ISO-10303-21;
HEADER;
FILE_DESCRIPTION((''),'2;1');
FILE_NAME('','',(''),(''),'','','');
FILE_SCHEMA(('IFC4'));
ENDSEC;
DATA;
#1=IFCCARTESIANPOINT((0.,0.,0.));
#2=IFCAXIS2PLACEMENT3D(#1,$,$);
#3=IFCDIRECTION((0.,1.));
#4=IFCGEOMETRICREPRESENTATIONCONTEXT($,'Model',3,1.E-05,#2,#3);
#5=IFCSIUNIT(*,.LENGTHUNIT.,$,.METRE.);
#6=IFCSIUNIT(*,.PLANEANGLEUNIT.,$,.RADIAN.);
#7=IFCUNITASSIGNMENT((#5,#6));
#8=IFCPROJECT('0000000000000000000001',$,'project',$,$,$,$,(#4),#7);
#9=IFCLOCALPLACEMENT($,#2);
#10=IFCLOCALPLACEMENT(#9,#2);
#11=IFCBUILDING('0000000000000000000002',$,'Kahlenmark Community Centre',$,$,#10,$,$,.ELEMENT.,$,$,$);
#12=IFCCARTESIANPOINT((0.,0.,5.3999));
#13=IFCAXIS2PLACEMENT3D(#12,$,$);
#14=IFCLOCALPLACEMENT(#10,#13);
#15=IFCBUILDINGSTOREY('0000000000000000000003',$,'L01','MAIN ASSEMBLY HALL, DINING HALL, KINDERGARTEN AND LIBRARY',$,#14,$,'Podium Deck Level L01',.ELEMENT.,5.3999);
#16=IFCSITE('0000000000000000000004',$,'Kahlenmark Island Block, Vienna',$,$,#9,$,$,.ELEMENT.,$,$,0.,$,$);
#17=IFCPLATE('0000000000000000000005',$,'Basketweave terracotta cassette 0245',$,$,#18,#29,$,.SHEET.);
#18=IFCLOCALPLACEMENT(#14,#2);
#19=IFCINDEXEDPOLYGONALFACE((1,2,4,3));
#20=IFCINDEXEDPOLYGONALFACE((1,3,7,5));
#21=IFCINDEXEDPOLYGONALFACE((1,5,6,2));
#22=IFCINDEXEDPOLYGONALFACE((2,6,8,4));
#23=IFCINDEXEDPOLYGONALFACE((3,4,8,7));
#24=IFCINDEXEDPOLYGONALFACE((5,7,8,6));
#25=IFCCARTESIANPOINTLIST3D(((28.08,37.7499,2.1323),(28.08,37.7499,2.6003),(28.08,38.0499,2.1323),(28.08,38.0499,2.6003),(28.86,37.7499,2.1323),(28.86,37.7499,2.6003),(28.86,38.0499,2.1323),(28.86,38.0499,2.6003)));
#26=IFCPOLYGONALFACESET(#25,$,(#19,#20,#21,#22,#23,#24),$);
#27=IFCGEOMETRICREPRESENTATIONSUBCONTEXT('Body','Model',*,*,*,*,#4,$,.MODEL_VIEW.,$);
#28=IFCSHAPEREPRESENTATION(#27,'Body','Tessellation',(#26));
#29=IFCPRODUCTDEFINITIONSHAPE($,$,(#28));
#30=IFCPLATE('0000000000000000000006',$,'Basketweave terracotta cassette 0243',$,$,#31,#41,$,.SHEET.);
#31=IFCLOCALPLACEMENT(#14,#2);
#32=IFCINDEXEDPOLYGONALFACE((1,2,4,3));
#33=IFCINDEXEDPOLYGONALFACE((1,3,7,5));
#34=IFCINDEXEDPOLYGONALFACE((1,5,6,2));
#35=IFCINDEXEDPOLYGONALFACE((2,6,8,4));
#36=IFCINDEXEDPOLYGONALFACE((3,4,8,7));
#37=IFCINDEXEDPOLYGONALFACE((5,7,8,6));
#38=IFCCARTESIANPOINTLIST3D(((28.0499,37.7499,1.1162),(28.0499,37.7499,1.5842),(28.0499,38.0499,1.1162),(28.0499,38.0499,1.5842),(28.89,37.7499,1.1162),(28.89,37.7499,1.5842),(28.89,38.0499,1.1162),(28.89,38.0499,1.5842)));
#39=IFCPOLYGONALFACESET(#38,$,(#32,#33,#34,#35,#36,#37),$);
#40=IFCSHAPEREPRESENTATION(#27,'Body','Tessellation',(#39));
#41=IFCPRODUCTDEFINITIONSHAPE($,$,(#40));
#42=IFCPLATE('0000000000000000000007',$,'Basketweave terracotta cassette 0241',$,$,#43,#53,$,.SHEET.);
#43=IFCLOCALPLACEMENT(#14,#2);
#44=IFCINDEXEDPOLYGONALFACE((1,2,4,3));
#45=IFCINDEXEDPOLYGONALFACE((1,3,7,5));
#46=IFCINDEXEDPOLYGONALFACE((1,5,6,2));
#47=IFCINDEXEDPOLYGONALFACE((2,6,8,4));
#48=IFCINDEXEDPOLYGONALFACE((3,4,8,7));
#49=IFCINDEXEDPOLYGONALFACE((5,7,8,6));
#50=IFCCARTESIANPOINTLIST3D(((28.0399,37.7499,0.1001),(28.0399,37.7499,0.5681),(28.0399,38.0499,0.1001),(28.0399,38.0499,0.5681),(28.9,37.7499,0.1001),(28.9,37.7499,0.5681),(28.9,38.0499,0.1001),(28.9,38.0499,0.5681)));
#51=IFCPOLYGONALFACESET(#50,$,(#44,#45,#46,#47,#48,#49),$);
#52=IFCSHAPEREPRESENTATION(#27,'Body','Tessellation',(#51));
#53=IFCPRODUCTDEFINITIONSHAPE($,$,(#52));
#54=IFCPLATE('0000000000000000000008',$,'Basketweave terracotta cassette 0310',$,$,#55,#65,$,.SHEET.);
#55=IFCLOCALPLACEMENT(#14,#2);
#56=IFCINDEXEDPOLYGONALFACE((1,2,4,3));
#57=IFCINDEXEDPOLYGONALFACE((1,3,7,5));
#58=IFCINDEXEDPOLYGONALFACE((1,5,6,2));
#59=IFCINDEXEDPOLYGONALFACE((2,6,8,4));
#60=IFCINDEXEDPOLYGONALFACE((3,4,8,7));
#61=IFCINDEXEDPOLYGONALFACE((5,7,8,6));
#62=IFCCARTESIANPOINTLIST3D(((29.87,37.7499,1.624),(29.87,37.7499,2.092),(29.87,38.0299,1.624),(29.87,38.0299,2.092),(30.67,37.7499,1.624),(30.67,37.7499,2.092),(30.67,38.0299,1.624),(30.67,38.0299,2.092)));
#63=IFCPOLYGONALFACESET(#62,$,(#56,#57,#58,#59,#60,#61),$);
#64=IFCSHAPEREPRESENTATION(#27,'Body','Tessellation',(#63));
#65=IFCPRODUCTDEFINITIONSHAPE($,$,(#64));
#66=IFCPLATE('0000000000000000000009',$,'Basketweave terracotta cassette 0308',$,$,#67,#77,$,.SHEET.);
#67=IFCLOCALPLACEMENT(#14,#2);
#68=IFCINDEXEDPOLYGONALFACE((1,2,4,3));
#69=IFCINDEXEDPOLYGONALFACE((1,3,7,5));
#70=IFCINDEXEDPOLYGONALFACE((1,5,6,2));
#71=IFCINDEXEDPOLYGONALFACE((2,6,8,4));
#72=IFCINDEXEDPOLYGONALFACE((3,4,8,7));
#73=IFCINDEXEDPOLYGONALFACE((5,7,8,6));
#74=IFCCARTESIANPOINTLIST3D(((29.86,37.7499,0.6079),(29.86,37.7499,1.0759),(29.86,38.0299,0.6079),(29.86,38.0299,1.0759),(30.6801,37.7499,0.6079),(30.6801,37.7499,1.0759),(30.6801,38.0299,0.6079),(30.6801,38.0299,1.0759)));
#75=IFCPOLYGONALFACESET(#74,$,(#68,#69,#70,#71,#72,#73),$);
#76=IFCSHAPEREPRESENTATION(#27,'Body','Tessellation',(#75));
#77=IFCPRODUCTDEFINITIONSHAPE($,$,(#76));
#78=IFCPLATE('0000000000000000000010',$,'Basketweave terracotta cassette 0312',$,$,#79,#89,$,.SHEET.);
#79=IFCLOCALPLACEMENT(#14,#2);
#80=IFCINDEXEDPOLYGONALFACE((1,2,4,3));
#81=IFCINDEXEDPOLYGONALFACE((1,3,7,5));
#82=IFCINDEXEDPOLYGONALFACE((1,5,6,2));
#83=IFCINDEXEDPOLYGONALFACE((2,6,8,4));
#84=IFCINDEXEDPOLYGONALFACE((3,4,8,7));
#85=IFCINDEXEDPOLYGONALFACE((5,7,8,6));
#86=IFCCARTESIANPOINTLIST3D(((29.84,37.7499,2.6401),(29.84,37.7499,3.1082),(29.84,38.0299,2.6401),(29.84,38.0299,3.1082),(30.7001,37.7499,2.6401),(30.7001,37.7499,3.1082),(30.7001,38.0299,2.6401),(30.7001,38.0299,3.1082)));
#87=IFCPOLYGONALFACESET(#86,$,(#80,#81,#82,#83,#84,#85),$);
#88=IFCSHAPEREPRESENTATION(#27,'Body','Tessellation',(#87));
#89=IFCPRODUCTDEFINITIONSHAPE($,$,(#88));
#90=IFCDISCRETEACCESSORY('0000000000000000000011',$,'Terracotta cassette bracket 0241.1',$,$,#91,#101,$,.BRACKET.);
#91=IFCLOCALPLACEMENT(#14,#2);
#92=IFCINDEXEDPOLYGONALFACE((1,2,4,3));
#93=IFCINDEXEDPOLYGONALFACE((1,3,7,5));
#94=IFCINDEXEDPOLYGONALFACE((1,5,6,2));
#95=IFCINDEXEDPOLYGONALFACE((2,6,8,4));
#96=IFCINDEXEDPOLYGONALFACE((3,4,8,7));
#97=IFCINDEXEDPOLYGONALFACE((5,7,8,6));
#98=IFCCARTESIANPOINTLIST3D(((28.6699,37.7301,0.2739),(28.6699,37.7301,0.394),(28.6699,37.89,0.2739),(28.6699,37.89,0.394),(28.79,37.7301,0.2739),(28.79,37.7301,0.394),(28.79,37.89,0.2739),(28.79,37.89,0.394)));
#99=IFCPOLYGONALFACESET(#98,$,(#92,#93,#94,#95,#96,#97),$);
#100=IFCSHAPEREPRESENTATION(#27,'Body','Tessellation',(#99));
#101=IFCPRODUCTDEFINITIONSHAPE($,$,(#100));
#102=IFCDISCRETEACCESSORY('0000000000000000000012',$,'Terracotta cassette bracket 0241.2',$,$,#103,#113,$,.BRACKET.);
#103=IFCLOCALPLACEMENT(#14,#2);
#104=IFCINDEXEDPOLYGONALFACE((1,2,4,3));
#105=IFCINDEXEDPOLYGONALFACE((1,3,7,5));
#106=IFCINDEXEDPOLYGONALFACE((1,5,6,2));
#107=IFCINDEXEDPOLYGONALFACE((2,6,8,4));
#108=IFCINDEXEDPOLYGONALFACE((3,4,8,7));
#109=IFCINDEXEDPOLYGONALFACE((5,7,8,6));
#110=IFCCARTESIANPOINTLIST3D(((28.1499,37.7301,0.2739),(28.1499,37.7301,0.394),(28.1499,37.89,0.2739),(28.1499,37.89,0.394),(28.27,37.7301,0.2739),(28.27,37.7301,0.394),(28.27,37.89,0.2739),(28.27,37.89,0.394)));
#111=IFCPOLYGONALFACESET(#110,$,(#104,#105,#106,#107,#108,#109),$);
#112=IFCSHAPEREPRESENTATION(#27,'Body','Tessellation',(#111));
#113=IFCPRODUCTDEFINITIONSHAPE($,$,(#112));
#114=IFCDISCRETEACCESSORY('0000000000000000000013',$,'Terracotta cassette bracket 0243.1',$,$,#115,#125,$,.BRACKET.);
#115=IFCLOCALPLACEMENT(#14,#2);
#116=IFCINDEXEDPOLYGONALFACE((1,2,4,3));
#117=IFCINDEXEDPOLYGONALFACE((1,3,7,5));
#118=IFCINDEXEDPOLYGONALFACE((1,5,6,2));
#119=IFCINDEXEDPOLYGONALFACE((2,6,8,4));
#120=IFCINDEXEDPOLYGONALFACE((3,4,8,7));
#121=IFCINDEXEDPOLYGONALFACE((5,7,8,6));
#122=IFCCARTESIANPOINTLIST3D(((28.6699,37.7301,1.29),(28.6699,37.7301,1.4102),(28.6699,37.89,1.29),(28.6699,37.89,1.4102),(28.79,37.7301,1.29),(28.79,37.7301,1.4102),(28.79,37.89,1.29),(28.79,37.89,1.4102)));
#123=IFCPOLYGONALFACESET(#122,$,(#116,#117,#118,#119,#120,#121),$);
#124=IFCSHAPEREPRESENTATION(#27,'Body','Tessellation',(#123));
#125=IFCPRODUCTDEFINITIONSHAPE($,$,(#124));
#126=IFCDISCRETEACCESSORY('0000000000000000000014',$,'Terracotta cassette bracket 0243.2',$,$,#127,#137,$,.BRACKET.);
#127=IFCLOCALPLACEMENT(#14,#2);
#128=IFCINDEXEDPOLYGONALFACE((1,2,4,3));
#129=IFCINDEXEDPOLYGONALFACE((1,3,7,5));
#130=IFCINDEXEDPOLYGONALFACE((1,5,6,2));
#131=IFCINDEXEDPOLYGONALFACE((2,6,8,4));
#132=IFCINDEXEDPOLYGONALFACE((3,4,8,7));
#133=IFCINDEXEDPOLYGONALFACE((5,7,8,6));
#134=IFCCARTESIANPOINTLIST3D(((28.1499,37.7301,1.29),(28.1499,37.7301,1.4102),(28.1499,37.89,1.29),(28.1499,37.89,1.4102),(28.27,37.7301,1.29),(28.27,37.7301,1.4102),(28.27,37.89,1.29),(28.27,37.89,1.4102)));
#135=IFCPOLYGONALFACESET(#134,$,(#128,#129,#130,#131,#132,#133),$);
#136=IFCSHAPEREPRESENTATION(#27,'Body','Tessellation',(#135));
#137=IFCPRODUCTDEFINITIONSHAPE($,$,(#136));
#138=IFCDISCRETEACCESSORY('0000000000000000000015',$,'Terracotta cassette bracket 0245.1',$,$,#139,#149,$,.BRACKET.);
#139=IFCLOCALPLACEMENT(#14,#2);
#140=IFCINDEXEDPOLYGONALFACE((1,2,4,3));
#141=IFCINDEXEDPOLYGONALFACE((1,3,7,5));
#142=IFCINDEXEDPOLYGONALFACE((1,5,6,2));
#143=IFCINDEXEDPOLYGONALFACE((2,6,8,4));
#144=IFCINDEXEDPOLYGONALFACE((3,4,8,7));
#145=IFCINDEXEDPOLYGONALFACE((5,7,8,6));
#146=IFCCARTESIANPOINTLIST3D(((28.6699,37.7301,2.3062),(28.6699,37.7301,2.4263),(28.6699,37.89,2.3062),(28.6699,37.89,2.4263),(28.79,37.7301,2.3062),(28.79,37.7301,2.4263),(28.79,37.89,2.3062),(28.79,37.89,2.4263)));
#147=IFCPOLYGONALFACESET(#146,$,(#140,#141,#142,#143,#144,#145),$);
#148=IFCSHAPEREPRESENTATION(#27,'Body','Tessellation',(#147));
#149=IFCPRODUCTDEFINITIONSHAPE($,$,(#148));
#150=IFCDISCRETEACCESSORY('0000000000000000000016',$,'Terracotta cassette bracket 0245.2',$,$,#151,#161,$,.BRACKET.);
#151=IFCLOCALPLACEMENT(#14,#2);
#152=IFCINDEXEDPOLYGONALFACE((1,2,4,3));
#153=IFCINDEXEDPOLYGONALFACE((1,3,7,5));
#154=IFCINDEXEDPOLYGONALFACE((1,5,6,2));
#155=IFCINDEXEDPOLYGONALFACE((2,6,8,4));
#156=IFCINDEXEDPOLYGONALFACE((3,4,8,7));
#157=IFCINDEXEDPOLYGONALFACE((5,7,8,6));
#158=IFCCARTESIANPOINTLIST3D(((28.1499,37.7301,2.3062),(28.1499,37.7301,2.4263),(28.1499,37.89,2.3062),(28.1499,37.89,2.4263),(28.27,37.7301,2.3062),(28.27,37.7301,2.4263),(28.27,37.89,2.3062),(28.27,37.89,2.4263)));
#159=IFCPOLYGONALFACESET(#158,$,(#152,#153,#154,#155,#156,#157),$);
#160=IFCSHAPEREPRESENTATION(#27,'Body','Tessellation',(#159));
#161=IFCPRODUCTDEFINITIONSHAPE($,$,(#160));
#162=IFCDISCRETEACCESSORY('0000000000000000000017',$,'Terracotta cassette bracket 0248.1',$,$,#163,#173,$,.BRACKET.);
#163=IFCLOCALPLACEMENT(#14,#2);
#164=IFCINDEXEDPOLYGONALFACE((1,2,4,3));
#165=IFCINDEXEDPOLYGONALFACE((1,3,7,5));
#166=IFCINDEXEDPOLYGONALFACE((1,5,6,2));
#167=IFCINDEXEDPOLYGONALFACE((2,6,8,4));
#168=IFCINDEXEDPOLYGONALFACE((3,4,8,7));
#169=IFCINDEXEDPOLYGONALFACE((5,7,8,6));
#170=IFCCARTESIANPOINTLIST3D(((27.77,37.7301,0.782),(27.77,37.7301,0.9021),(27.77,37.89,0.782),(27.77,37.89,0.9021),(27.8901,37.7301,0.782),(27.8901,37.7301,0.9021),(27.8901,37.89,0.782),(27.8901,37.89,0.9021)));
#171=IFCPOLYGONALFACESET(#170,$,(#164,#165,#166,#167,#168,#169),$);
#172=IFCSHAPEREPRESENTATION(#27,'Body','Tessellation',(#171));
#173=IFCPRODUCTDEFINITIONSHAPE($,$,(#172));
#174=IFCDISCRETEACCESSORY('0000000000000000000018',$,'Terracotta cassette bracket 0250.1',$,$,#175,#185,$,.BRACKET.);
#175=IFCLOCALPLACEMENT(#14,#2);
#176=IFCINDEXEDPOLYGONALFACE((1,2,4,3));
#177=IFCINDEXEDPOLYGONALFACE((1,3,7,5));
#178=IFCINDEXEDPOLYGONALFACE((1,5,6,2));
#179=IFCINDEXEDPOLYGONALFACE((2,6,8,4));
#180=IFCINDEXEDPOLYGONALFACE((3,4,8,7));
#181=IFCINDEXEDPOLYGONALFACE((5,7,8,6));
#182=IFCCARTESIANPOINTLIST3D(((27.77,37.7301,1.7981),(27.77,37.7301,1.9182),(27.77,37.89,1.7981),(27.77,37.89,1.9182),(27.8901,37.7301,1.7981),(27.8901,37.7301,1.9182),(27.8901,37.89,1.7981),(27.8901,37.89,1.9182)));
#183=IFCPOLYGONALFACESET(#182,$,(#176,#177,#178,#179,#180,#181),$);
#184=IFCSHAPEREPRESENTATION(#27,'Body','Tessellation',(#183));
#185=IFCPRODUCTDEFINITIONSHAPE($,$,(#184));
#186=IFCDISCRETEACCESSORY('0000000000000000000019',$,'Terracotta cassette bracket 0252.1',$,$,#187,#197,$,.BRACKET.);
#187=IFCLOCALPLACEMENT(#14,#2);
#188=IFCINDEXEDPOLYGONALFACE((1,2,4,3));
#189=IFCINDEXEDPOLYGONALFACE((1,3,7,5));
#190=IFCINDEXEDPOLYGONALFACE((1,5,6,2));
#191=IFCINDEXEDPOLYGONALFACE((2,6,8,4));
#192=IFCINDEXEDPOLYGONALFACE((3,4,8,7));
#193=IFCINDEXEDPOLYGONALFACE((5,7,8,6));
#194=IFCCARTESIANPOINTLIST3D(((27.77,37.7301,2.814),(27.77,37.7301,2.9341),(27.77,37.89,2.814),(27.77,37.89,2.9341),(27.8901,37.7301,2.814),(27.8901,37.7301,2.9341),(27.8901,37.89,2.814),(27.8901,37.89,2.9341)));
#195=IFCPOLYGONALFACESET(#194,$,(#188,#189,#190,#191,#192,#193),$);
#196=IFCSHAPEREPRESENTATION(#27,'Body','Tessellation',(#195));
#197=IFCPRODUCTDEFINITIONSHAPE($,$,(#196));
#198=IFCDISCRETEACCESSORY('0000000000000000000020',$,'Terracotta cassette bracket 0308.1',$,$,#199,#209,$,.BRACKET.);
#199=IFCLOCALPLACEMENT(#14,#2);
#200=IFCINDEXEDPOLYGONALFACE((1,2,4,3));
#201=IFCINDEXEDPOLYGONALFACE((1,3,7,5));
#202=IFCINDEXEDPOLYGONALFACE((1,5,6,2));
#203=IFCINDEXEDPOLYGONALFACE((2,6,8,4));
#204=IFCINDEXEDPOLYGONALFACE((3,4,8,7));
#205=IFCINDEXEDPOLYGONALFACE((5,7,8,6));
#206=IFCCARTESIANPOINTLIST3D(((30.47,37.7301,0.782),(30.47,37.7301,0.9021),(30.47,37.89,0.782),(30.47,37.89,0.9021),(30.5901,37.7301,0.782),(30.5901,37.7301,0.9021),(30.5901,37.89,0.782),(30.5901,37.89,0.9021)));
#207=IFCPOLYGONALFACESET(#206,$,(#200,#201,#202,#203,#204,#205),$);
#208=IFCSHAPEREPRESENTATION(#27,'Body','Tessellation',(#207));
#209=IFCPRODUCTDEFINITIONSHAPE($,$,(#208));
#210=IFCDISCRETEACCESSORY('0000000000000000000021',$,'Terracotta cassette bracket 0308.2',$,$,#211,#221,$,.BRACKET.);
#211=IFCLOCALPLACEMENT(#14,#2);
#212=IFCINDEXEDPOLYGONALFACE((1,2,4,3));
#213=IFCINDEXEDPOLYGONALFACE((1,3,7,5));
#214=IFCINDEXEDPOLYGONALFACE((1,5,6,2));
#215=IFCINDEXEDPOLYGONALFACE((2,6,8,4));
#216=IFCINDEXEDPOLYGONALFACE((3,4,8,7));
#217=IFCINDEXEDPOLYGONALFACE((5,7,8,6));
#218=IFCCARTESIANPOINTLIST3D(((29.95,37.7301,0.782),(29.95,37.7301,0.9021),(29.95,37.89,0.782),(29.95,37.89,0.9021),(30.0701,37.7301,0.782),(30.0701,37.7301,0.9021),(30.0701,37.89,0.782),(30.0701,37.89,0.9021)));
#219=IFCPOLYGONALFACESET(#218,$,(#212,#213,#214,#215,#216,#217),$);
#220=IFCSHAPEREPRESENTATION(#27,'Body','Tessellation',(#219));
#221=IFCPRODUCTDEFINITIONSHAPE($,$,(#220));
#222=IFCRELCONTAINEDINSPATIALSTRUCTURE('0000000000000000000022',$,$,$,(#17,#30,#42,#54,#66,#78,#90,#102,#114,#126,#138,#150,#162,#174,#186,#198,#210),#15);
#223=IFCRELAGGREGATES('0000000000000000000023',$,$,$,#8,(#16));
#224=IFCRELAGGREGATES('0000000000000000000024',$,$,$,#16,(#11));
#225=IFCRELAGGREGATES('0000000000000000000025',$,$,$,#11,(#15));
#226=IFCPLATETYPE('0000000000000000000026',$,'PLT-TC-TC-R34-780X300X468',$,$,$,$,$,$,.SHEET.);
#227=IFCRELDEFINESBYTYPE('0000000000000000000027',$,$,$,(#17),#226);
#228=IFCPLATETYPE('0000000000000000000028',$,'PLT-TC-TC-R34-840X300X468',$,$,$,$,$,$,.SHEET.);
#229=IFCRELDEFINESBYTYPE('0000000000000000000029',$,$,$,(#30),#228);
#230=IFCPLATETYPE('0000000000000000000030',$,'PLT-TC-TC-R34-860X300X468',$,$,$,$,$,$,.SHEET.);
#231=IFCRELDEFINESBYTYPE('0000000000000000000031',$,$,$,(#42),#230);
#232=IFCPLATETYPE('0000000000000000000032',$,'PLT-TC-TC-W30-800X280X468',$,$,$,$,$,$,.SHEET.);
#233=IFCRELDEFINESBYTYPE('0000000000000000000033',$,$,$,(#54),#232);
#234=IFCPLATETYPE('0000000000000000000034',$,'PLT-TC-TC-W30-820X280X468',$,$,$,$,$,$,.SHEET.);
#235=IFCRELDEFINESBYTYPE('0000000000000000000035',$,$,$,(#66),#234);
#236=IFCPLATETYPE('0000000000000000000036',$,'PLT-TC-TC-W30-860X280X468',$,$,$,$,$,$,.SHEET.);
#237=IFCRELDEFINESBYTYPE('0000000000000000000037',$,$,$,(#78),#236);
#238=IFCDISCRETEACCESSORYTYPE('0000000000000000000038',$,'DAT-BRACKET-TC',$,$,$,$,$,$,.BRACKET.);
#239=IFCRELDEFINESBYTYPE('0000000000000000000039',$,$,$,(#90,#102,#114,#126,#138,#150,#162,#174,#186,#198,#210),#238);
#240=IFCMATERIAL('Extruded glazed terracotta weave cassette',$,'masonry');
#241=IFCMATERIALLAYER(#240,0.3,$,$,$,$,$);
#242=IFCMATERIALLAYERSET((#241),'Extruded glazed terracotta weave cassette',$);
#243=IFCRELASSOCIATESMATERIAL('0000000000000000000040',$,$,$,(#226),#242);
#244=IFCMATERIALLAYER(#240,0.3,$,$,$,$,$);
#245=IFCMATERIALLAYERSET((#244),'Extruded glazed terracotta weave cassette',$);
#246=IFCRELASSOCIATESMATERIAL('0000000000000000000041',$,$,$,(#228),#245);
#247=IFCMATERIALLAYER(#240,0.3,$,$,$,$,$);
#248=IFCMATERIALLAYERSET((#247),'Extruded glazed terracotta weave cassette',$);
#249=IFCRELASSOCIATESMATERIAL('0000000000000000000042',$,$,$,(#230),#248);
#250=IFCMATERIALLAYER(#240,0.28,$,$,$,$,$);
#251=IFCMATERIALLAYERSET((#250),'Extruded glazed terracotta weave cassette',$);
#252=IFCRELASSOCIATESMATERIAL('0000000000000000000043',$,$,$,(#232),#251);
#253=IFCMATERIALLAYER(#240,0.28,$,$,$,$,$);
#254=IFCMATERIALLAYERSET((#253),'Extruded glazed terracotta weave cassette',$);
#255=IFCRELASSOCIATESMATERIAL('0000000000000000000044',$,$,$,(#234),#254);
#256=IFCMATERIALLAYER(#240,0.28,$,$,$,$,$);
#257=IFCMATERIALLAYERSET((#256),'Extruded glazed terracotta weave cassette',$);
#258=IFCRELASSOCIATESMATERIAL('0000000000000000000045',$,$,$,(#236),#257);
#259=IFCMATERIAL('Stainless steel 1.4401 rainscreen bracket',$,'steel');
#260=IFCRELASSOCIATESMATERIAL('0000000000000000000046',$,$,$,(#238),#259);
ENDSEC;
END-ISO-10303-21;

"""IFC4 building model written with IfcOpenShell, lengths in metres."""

from ifc_helpers import new_model, si_unit, direction, frame, origin, origin_2d, place, context, subcontext, project, spatial, rectangle, extrude, material, layer, layer_set, type_object, element, save


model = new_model("IFC4")

# Units and contexts
model_context = context("Model", 3, precision=1e-05, world=origin(), true_north=direction((0.0, 1.0)))
body_context = subcontext(model_context, "Body", "Model", "MODEL_VIEW")
ifc_project = project(units=[si_unit("LENGTHUNIT", "METRE"), si_unit("PLANEANGLEUNIT", "RADIAN")], contexts=[model_context])

# Site, building, storey
site_placement = place(None, origin())
site = spatial("IfcSite", under=ifc_project, at=site_placement, Name="Kahlenmark Island Block, Vienna", CompositionType="ELEMENT", RefElevation=0.0)
building_placement = place(site_placement, origin())
building = spatial("IfcBuilding", under=site, at=building_placement, Name="Kahlenmark Community Centre", CompositionType="ELEMENT")
storey_placement = place(building_placement, frame((0.0, 0.0, 5.3999)))
storey = spatial("IfcBuildingStorey", under=building, at=storey_placement, Name="L01", Description="MAIN ASSEMBLY HALL, DINING HALL, KINDERGARTEN AND LIBRARY", LongName="Podium Deck Level L01", CompositionType="ELEMENT", Elevation=5.3999)

# Plates
ifc_material_1 = material(Name="Extruded glazed terracotta weave cassette", Category="masonry")
ifc_layer_1 = layer(ifc_material_1, 0.3)
ifc_layer_set_1 = layer_set([ifc_layer_1], Name="Extruded glazed terracotta weave cassette")
plate_type_1 = type_object("IfcPlateType", Name="PLT-TC-TC-R34-780X300X468", PredefinedType="SHEET", material=ifc_layer_set_1)
plate_1_placement = place(storey_placement, frame((28.47, 37.8999, 2.1323), z_axis=(0.0, 0.0, 1.0), x_axis=(-1.0, 0.0, 0.0)))
element("IfcPlate", 1, at=plate_1_placement, inside=storey, type_object=plate_type_1, Name="Basketweave terracotta cassette 0245", PredefinedType="SHEET", context=body_context, shape_type="SweptSolid", body=[
    extrude(rectangle(XDim=0.78, YDim=0.3, at=origin_2d()), origin(), (0.0, 0.0, 1.0), 0.468),
])
ifc_layer_2 = layer(ifc_material_1, 0.3)
ifc_layer_set_2 = layer_set([ifc_layer_2], Name="Extruded glazed terracotta weave cassette")
plate_type_2 = type_object("IfcPlateType", Name="PLT-TC-TC-R34-840X300X468", PredefinedType="SHEET", material=ifc_layer_set_2)
plate_2_placement = place(storey_placement, frame((28.47, 37.8999, 1.1162), z_axis=(0.0, 0.0, 1.0), x_axis=(-1.0, 0.0, 0.0)))
element("IfcPlate", 2, at=plate_2_placement, inside=storey, type_object=plate_type_2, Name="Basketweave terracotta cassette 0243", PredefinedType="SHEET", context=body_context, shape_type="SweptSolid", body=[
    extrude(rectangle(XDim=0.8401, YDim=0.3, at=origin_2d()), origin(), (0.0, 0.0, 1.0), 0.468),
])
ifc_layer_3 = layer(ifc_material_1, 0.3)
ifc_layer_set_3 = layer_set([ifc_layer_3], Name="Extruded glazed terracotta weave cassette")
plate_type_3 = type_object("IfcPlateType", Name="PLT-TC-TC-R34-860X300X468", PredefinedType="SHEET", material=ifc_layer_set_3)
plate_3_placement = place(storey_placement, frame((28.47, 37.8999, 0.1001), z_axis=(0.0, 0.0, 1.0), x_axis=(-1.0, 0.0, 0.0)))
element("IfcPlate", 3, at=plate_3_placement, inside=storey, type_object=plate_type_3, Name="Basketweave terracotta cassette 0241", PredefinedType="SHEET", context=body_context, shape_type="SweptSolid", body=[
    extrude(rectangle(XDim=0.8601, YDim=0.3, at=origin_2d()), origin(), (0.0, 0.0, 1.0), 0.468),
])
ifc_layer_4 = layer(ifc_material_1, 0.28)
ifc_layer_set_4 = layer_set([ifc_layer_4], Name="Extruded glazed terracotta weave cassette")
plate_type_4 = type_object("IfcPlateType", Name="PLT-TC-TC-W30-800X280X468", PredefinedType="SHEET", material=ifc_layer_set_4)
plate_4_placement = place(storey_placement, frame((30.27, 37.8899, 1.624), z_axis=(0.0, 0.0, 1.0), x_axis=(-1.0, 0.0, 0.0)))
element("IfcPlate", 4, at=plate_4_placement, inside=storey, type_object=plate_type_4, Name="Basketweave terracotta cassette 0310", PredefinedType="SHEET", context=body_context, shape_type="SweptSolid", body=[
    extrude(rectangle(XDim=0.8, YDim=0.28, at=origin_2d()), origin(), (0.0, 0.0, 1.0), 0.468),
])
ifc_layer_5 = layer(ifc_material_1, 0.28)
ifc_layer_set_5 = layer_set([ifc_layer_5], Name="Extruded glazed terracotta weave cassette")
plate_type_5 = type_object("IfcPlateType", Name="PLT-TC-TC-W30-820X280X468", PredefinedType="SHEET", material=ifc_layer_set_5)
plate_5_placement = place(storey_placement, frame((30.27, 37.8899, 0.6079), z_axis=(0.0, 0.0, 1.0), x_axis=(-1.0, 0.0, 0.0)))
element("IfcPlate", 5, at=plate_5_placement, inside=storey, type_object=plate_type_5, Name="Basketweave terracotta cassette 0308", PredefinedType="SHEET", context=body_context, shape_type="SweptSolid", body=[
    extrude(rectangle(XDim=0.8201, YDim=0.28, at=origin_2d()), origin(), (0.0, 0.0, 1.0), 0.468),
])
ifc_layer_6 = layer(ifc_material_1, 0.28)
ifc_layer_set_6 = layer_set([ifc_layer_6], Name="Extruded glazed terracotta weave cassette")
plate_type_6 = type_object("IfcPlateType", Name="PLT-TC-TC-W30-860X280X468", PredefinedType="SHEET", material=ifc_layer_set_6)
plate_6_placement = place(storey_placement, frame((30.27, 37.8899, 2.6401), z_axis=(0.0, 0.0, 1.0), x_axis=(-1.0, 0.0, 0.0)))
element("IfcPlate", 6, at=plate_6_placement, inside=storey, type_object=plate_type_6, Name="Basketweave terracotta cassette 0312", PredefinedType="SHEET", context=body_context, shape_type="SweptSolid", body=[
    extrude(rectangle(XDim=0.8601, YDim=0.28, at=origin_2d()), origin(), (0.0, 0.0, 1.0), 0.468),
])

# Discrete accessories
ifc_material_2 = material(Name="Stainless steel 1.4401 rainscreen bracket", Category="steel")
discrete_accessory_type = type_object("IfcDiscreteAccessoryType", Name="DAT-BRACKET-TC", PredefinedType="BRACKET", material=ifc_material_2)
for number, where, z_axis, x_axis, name in (
    (7, (28.73, 37.8101, 0.2739), (0.0, 0.0, 1.0), (-1.0, 0.0, 0.0), "Terracotta cassette bracket 0241.1"),
    (8, (28.21, 37.8101, 0.2739), (0.0, 0.0, 1.0), (-1.0, 0.0, 0.0), "Terracotta cassette bracket 0241.2"),
    (9, (28.73, 37.8101, 1.29), (0.0, 0.0, 1.0), (-1.0, 0.0, 0.0), "Terracotta cassette bracket 0243.1"),
    (10, (28.21, 37.8101, 1.29), (0.0, 0.0, 1.0), (-1.0, 0.0, 0.0), "Terracotta cassette bracket 0243.2"),
    (11, (28.73, 37.8101, 2.3062), (0.0, 0.0, 1.0), (-1.0, 0.0, 0.0), "Terracotta cassette bracket 0245.1"),
    (12, (28.21, 37.8101, 2.3062), (0.0, 0.0, 1.0), (-1.0, 0.0, 0.0), "Terracotta cassette bracket 0245.2"),
    (13, (27.8301, 37.8101, 0.782), (0.0, 0.0, 1.0), (-1.0, 0.0, 0.0), "Terracotta cassette bracket 0248.1"),
    (14, (27.8301, 37.8101, 1.7981), (0.0, 0.0, 1.0), (-1.0, 0.0, 0.0), "Terracotta cassette bracket 0250.1"),
    (15, (27.8301, 37.8101, 2.814), (0.0, 0.0, 1.0), (-1.0, 0.0, 0.0), "Terracotta cassette bracket 0252.1"),
    (16, (30.53, 37.8101, 0.782), (0.0, 0.0, 1.0), (-1.0, 0.0, 0.0), "Terracotta cassette bracket 0308.1"),
    (17, (30.01, 37.8101, 0.782), (0.0, 0.0, 1.0), (-1.0, 0.0, 0.0), "Terracotta cassette bracket 0308.2"),
):
    element("IfcDiscreteAccessory", number, at=place(storey_placement, frame(where, z_axis=z_axis, x_axis=x_axis)), inside=storey, type_object=discrete_accessory_type, Name=name, PredefinedType="BRACKET", context=body_context, shape_type="SweptSolid", body=[
        extrude(rectangle(XDim=0.1201, YDim=0.1599, at=origin_2d()), origin(), (0.0, 0.0, 1.0), 0.1201),
    ])

save(model, "model.ifc")
